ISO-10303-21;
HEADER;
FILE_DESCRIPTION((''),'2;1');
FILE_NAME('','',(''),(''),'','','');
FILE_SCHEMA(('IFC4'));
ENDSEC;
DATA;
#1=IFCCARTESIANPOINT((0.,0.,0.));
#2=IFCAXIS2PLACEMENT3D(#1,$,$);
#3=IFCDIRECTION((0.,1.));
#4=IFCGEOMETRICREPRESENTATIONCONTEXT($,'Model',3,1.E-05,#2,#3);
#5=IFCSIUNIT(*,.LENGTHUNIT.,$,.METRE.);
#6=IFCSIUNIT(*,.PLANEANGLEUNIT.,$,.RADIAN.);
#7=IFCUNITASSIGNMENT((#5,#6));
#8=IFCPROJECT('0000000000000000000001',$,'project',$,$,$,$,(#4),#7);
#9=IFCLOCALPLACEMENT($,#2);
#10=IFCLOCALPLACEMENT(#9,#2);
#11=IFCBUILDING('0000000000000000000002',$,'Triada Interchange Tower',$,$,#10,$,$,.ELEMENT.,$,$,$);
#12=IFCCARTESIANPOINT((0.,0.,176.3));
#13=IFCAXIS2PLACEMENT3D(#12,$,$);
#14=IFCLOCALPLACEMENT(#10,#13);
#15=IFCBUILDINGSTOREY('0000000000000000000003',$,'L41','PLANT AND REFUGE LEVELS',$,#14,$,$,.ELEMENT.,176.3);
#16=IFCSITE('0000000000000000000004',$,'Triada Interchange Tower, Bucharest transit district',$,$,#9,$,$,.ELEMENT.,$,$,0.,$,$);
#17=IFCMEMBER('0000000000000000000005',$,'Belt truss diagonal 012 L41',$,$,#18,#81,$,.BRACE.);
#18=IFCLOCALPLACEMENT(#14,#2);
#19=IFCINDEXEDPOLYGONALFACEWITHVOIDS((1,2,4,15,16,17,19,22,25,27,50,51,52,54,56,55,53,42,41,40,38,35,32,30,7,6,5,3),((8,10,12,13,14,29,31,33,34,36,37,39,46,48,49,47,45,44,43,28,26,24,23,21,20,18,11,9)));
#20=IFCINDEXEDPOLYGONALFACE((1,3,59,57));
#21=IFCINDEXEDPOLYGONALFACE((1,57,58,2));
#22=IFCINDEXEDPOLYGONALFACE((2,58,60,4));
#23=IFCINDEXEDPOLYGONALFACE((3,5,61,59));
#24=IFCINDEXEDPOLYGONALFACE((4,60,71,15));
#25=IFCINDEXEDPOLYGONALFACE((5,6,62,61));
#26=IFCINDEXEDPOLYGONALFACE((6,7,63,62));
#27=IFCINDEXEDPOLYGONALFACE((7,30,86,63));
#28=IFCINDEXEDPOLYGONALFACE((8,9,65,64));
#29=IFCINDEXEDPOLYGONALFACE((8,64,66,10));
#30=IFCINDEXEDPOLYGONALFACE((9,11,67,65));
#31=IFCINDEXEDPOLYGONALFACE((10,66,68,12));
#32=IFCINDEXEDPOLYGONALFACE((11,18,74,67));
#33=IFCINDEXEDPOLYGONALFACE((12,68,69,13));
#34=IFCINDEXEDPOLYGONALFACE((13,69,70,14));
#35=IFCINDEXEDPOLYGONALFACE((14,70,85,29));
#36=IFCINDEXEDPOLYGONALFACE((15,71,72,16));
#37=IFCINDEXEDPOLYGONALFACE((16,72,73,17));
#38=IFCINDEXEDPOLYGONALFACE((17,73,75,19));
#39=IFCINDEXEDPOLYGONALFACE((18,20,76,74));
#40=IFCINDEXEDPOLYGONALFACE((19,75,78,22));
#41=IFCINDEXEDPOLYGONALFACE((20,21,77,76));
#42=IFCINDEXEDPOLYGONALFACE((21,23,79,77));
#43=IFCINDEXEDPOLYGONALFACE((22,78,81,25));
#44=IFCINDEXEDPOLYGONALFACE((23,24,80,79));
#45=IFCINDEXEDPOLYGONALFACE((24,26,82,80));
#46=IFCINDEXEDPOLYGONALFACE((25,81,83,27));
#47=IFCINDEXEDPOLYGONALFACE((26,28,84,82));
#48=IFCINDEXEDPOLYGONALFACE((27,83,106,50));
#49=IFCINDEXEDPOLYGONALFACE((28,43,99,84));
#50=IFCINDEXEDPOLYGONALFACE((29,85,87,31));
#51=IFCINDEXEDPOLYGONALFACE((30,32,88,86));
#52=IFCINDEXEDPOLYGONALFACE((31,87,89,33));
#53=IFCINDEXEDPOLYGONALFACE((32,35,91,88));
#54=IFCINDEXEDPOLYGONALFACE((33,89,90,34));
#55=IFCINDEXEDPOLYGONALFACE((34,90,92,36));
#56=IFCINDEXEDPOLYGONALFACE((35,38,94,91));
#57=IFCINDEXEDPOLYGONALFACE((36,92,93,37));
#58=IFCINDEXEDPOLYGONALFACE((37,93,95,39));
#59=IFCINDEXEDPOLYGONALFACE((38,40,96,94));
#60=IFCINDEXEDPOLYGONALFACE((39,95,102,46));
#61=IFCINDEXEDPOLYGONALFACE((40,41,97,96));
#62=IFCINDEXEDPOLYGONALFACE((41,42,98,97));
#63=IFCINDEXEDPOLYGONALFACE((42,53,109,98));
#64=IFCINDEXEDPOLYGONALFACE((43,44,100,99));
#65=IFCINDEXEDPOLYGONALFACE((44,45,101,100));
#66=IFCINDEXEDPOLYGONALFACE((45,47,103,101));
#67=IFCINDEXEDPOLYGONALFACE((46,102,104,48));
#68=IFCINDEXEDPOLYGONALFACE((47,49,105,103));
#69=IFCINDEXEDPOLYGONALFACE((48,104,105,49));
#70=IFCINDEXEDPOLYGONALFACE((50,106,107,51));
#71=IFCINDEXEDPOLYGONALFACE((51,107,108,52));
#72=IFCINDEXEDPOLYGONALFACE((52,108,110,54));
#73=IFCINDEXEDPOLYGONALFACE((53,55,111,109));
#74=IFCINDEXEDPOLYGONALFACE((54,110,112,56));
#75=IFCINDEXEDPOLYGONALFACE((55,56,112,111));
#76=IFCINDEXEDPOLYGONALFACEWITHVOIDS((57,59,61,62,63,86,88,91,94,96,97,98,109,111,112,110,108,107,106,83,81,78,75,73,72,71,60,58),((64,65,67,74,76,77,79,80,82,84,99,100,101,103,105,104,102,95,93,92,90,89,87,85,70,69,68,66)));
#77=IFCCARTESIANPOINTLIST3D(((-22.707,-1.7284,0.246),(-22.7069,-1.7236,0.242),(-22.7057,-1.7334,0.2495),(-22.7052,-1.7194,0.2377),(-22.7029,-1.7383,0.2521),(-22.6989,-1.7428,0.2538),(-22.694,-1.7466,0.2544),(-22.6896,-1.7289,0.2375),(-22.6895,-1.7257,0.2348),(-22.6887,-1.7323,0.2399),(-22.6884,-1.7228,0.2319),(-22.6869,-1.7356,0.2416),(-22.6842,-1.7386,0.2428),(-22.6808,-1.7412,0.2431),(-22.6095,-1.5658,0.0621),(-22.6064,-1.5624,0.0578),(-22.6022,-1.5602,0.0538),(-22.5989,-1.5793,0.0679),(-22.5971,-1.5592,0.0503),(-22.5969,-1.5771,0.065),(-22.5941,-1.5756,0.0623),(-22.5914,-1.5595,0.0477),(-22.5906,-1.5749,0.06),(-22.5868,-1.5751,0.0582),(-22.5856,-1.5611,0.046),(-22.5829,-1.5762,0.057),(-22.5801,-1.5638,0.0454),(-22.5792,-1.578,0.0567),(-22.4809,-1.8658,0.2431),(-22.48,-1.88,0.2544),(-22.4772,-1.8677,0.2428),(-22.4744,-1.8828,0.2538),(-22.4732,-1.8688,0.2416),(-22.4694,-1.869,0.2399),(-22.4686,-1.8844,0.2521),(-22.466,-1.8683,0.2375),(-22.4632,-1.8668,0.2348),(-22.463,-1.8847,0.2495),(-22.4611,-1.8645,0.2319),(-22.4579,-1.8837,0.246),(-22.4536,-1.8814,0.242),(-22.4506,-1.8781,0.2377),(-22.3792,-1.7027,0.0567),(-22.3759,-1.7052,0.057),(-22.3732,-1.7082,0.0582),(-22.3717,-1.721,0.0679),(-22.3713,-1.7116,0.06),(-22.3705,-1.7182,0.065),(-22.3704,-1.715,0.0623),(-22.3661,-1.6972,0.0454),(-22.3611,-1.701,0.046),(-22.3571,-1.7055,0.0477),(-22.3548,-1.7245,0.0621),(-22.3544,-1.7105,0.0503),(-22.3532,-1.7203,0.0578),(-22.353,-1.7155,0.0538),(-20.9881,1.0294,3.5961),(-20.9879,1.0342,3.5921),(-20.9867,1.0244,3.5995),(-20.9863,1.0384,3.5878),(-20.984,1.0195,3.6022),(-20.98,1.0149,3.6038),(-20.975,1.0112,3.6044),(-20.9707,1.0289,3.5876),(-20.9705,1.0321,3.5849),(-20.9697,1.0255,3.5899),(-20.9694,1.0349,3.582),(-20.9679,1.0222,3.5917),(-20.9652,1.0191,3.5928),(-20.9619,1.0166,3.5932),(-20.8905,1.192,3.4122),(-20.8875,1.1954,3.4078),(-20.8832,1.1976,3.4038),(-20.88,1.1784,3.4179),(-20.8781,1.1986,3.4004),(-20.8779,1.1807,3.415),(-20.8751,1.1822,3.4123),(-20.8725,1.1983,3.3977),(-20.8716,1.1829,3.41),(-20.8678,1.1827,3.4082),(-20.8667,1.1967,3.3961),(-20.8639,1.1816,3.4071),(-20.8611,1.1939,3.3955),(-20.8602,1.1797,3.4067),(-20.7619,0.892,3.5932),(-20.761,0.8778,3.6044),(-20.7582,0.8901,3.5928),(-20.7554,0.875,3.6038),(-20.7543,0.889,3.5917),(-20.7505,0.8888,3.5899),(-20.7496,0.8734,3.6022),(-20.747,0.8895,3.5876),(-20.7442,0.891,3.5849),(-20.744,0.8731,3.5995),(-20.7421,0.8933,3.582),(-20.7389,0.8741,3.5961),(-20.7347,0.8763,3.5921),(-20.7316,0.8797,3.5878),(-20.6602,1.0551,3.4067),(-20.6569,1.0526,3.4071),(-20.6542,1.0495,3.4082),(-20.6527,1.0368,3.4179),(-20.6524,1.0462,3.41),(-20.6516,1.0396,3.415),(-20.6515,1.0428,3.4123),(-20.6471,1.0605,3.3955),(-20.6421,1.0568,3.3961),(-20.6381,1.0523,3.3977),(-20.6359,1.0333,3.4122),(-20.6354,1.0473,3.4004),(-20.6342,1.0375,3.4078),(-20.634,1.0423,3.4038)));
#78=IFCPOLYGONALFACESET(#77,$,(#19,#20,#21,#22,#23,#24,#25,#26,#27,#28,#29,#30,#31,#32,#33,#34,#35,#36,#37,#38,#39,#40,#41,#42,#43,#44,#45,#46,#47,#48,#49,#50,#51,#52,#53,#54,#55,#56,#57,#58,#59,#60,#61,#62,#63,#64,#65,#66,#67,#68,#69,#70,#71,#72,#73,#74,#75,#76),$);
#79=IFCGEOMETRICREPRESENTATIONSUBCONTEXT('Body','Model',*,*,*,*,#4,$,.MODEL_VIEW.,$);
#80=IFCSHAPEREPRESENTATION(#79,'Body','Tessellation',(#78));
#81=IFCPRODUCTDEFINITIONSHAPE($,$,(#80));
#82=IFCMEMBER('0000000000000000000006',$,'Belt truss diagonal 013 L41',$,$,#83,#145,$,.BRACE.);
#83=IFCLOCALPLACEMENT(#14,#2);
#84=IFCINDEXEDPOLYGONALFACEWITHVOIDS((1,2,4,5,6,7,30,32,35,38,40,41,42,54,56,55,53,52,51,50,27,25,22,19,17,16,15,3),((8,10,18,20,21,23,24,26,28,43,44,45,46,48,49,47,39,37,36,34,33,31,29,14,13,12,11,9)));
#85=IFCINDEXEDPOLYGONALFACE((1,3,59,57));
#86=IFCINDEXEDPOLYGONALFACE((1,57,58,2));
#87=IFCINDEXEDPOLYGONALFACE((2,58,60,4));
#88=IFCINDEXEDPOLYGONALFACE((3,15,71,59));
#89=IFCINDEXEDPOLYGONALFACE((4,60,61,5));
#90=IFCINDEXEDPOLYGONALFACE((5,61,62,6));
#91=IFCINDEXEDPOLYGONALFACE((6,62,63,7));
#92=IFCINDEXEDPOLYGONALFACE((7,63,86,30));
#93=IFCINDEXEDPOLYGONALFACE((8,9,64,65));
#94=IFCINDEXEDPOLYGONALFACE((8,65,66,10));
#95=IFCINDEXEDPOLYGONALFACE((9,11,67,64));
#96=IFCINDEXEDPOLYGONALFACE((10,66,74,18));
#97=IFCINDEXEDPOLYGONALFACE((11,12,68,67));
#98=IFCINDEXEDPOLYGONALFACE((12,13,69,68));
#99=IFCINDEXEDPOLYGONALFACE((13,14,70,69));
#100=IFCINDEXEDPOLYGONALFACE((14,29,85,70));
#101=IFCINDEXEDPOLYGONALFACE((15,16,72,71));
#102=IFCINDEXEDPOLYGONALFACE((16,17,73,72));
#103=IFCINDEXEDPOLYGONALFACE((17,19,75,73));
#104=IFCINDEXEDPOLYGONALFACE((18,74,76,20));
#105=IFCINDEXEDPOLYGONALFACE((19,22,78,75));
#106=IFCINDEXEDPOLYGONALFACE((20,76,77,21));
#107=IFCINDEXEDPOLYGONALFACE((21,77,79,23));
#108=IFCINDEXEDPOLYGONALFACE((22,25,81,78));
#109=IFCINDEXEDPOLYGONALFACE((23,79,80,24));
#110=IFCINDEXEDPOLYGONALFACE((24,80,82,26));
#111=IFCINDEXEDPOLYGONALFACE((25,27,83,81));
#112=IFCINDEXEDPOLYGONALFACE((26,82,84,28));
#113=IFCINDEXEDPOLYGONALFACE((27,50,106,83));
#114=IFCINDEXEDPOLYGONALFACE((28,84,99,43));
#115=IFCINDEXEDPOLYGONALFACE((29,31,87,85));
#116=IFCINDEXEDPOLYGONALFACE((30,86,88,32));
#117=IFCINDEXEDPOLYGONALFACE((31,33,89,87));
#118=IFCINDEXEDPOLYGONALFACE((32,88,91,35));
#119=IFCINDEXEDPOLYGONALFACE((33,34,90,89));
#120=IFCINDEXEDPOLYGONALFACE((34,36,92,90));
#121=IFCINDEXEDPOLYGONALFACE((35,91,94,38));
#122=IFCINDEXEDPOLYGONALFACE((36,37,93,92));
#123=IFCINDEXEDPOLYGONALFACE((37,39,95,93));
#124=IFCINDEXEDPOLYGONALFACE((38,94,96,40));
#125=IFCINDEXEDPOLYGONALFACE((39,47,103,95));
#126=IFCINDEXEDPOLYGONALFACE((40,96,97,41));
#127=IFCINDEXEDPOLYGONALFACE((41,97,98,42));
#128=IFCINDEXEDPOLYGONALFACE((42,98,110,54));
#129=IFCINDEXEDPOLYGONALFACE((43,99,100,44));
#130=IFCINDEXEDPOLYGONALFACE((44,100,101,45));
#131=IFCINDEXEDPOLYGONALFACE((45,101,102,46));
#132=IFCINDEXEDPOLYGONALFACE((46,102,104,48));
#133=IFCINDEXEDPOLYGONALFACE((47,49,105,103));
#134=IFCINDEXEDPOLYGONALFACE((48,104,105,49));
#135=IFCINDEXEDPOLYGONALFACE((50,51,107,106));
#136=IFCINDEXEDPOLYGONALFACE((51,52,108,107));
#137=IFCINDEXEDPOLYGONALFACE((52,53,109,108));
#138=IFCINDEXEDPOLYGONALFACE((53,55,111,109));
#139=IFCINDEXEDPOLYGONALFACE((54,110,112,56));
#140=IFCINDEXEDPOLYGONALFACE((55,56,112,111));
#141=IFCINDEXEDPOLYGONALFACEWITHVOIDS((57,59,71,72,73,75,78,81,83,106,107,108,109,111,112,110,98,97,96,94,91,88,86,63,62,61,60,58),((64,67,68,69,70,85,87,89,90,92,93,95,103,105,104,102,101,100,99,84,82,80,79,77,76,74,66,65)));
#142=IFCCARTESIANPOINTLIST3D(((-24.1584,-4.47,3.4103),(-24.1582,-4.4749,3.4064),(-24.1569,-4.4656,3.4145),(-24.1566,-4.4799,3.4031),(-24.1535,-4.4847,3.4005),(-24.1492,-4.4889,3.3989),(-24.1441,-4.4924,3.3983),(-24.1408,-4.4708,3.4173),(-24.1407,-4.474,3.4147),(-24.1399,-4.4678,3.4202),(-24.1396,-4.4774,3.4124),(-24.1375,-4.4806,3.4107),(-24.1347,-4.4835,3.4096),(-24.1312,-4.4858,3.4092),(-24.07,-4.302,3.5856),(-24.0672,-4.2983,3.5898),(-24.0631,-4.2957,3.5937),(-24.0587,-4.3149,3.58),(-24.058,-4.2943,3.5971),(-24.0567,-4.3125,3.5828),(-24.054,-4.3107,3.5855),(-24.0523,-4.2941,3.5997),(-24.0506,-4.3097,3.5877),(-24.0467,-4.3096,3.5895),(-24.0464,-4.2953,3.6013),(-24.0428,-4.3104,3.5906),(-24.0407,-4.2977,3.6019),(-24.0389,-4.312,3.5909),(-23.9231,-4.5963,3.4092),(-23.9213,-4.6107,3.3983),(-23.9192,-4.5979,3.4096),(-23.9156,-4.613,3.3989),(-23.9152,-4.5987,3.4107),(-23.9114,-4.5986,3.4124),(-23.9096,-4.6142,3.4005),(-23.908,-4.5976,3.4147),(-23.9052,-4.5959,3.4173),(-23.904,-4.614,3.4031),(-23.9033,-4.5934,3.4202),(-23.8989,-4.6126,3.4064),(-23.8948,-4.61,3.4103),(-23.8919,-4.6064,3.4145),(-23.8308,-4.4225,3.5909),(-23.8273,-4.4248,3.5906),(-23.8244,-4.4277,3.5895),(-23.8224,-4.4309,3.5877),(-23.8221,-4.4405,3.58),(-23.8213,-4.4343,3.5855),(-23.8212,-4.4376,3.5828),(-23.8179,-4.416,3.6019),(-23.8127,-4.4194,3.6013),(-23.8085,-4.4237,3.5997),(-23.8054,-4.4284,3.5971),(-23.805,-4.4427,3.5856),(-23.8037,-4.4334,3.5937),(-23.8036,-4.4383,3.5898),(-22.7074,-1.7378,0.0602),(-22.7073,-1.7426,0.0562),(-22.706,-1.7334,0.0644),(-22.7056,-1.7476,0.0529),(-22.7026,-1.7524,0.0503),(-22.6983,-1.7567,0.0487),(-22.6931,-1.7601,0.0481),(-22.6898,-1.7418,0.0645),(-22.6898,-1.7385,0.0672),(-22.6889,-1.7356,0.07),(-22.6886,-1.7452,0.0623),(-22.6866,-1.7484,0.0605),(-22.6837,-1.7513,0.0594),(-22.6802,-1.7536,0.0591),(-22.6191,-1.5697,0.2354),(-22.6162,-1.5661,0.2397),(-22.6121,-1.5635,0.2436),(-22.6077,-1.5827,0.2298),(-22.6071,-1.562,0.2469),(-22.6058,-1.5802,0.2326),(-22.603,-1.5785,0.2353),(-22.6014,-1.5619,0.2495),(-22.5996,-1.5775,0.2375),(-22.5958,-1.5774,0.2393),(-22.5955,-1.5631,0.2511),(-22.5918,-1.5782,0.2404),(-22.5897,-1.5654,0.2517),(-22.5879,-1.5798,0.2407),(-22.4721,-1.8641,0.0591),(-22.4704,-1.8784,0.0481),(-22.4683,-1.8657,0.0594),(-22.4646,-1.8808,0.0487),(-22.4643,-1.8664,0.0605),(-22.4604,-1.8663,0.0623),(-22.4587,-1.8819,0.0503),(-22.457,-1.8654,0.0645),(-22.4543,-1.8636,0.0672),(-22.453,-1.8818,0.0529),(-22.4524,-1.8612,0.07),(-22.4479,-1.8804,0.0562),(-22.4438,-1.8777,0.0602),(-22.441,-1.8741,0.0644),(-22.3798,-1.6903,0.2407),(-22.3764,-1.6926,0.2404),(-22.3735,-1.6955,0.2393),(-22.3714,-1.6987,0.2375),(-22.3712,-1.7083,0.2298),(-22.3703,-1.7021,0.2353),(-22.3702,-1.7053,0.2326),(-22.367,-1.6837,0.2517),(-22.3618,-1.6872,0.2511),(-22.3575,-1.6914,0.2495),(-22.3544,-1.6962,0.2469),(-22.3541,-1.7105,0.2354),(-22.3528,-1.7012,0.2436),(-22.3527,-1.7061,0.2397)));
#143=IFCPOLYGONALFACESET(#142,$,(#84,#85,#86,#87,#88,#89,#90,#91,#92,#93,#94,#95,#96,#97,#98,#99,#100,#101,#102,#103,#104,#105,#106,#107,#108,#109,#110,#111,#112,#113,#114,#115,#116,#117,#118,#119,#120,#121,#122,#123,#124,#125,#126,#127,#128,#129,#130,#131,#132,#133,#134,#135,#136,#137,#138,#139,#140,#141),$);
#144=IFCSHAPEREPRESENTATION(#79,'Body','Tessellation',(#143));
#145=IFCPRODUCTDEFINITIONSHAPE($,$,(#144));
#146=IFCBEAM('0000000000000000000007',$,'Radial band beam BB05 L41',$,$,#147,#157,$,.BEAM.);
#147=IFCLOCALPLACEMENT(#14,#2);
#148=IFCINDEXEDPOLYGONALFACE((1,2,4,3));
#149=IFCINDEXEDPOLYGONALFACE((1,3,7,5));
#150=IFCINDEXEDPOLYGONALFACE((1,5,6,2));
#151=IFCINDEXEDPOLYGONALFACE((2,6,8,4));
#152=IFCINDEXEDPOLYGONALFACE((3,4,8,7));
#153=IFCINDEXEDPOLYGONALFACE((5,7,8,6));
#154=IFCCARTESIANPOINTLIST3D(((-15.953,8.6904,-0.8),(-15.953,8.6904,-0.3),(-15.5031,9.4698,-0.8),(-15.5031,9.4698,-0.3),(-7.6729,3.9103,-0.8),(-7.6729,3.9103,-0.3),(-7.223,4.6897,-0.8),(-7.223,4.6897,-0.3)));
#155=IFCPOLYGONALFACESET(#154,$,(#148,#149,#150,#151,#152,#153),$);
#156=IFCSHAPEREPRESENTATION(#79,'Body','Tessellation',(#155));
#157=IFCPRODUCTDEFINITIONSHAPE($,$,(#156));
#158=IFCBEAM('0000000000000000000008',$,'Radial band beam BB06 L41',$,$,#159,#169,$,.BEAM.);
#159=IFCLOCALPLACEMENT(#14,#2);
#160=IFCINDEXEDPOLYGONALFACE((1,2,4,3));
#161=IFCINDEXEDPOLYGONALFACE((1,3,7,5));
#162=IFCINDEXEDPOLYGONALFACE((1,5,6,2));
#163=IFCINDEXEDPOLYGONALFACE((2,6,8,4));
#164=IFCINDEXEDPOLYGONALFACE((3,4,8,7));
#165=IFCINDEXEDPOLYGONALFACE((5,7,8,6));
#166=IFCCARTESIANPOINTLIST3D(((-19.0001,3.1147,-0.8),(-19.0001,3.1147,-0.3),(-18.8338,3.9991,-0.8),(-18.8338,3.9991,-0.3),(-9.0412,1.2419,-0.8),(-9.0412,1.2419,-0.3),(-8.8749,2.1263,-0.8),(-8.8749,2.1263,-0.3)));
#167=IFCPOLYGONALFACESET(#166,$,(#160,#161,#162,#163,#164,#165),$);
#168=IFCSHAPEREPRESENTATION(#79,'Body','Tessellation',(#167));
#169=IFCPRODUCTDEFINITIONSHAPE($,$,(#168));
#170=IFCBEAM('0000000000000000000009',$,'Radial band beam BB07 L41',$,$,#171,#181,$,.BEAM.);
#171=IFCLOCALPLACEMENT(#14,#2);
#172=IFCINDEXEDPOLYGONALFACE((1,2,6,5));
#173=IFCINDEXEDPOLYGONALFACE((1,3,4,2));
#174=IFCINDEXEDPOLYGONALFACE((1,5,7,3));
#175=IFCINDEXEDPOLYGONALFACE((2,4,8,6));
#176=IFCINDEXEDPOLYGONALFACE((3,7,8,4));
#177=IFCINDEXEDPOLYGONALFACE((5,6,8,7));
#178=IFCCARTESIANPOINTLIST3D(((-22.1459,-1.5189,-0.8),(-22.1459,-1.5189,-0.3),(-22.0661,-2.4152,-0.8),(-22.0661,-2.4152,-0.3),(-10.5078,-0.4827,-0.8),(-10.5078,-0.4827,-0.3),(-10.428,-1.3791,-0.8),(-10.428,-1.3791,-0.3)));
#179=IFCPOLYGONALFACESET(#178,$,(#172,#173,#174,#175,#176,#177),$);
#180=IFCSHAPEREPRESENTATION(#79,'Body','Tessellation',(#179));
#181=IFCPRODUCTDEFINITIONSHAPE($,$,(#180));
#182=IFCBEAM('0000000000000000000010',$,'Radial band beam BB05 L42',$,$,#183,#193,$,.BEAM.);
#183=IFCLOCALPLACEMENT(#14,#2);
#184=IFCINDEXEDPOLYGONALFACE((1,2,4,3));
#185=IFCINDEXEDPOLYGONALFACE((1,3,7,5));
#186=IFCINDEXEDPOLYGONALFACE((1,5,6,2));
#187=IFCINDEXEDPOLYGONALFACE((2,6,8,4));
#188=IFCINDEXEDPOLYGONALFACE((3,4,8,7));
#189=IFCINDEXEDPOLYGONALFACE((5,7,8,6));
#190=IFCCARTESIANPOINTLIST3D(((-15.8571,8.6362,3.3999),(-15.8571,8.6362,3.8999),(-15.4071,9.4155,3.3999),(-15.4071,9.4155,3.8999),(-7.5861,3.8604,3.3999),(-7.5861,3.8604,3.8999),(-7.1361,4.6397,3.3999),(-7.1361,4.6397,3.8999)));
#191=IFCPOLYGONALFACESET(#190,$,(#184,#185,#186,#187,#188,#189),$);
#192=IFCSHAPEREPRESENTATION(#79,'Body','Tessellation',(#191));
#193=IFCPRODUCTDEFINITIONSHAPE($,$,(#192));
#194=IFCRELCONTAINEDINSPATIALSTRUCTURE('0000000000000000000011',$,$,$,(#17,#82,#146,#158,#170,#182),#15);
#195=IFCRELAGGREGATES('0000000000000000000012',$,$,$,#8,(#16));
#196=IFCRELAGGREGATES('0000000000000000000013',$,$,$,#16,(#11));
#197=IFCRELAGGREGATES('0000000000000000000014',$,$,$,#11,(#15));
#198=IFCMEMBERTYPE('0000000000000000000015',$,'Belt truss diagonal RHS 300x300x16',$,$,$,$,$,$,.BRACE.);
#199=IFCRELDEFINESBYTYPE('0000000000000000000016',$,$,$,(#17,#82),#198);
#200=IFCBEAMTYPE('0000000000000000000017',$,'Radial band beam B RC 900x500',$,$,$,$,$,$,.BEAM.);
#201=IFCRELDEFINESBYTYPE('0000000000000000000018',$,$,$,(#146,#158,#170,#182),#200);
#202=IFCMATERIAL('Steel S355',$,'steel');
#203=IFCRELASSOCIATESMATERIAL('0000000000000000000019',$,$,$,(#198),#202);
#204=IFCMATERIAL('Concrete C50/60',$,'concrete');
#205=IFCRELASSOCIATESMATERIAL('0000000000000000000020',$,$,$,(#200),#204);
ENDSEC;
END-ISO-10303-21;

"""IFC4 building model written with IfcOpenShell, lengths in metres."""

from ifc_helpers import new_model, si_unit, direction, frame, origin, origin_2d, place, context, subcontext, project, spatial, rectangle, hollow_rectangle, extrude, material, material_profile, profile_set, type_object, element, save


model = new_model("IFC4")

# Units and contexts
model_context = context("Model", 3, precision=1e-05, world=origin(), true_north=direction((0.0, 1.0)))
body_context = subcontext(model_context, "Body", "Model", "MODEL_VIEW")
ifc_project = project(units=[si_unit("LENGTHUNIT", "METRE"), si_unit("PLANEANGLEUNIT", "RADIAN")], contexts=[model_context])

# Site, building, storey
site_placement = place(None, origin())
site = spatial("IfcSite", under=ifc_project, at=site_placement, Name="Triada Interchange Tower, Bucharest transit district", CompositionType="ELEMENT", RefElevation=0.0)
building_placement = place(site_placement, origin())
building = spatial("IfcBuilding", under=site, at=building_placement, Name="Triada Interchange Tower", CompositionType="ELEMENT")
storey_placement = place(building_placement, frame((0.0, 0.0, 176.3)))
storey = spatial("IfcBuildingStorey", under=building, at=storey_placement, Name="L41", Description="PLANT AND REFUGE LEVELS", CompositionType="ELEMENT", Elevation=176.3)

# Members
ifc_material_1 = material(Name="Steel S355", Category="steel")
ifc_material_profile_1 = material_profile(ifc_material_1, hollow_rectangle(XDim=0.3, YDim=0.3, WallThickness=0.0161, InnerFilletRadius=0.0161, OuterFilletRadius=0.0239, at=origin_2d()), Name="RHS 300x300x16")
ifc_profile_set_1 = profile_set([ifc_material_profile_1], Name="Steel S355")
member_type = type_object("IfcMemberType", Name="Belt truss diagonal RHS 300x300x16", PredefinedType="BRACE", material=ifc_profile_set_1)
member_1_placement = place(storey_placement, frame((-22.53, -1.7219, 0.1499), z_axis=(0.368306, 0.590881, 0.717782), x_axis=(-0.848639, 0.528972, 0.0)))
element("IfcMember", 1, at=member_1_placement, inside=storey, type_object=member_type, Name="Belt truss diagonal 012 L41", PredefinedType="BRACE", context=body_context, shape_type="SweptSolid", body=[
    extrude(hollow_rectangle(XDim=0.3, YDim=0.3, WallThickness=0.0161, InnerFilletRadius=0.0161, OuterFilletRadius=0.0239, at=origin_2d()), origin(), (0.0, 0.0, 1.0), 4.6672),
])
member_2_placement = place(storey_placement, frame((-22.53, -1.7219, 0.1499), z_axis=(-0.318189, -0.599168, 0.734679), x_axis=(0.883188, -0.469019, 0.0)))
element("IfcMember", 2, at=member_2_placement, inside=storey, type_object=member_type, Name="Belt truss diagonal 013 L41", PredefinedType="BRACE", context=body_context, shape_type="SweptSolid", body=[
    extrude(hollow_rectangle(XDim=0.3, YDim=0.3, WallThickness=0.0161, InnerFilletRadius=0.0161, OuterFilletRadius=0.0239, at=origin_2d()), origin(), (0.0, 0.0, 1.0), 4.5601),
])

# Beams
ifc_material_2 = material(Name="Concrete C50/60", Category="concrete")
ifc_material_profile_2 = material_profile(ifc_material_2, rectangle(XDim=0.8999, YDim=0.5, at=origin_2d()), Name="RC 900x500")
ifc_profile_set_2 = profile_set([ifc_material_profile_2], Name="Concrete C50/60")
beam_type_1 = type_object("IfcBeamType", Name="Radial band beam B RC 900x500", PredefinedType="BEAM", material=ifc_profile_set_2)
beam_1_placement = place(storey_placement, frame((-15.728, 9.0801, -0.55), z_axis=(0.866046, -0.499965, 0.0), x_axis=(0.499965, 0.866046, 0.0)))
element("IfcBeam", 3, at=beam_1_placement, inside=storey, type_object=beam_type_1, Name="Radial band beam BB05 L41", PredefinedType="BEAM", context=body_context, shape_type="SweptSolid", body=[
    extrude(rectangle(XDim=0.8999, YDim=0.5, at=origin_2d()), origin(), (0.0, 0.0, 1.0), 9.5608),
])
beam_2_placement = place(storey_placement, frame((-18.917, 3.5569, -0.55), z_axis=(0.982774, -0.184812, 0.0), x_axis=(0.184812, 0.982774, 0.0)))
element("IfcBeam", 4, at=beam_2_placement, inside=storey, type_object=beam_type_1, Name="Radial band beam BB06 L41", PredefinedType="BEAM", context=body_context, shape_type="SweptSolid", body=[
    extrude(rectangle(XDim=0.8999, YDim=0.5, at=origin_2d()), origin(), (0.0, 0.0, 1.0), 10.1335),
])
beam_3_placement = place(storey_placement, frame((-22.106, -1.967, -0.55), z_axis=(0.99606, 0.08868, 0.0), x_axis=(-0.08868, 0.99606, 0.0)))
element("IfcBeam", 5, at=beam_3_placement, inside=storey, type_object=beam_type_1, Name="Radial band beam BB07 L41", PredefinedType="BEAM", context=body_context, shape_type="SweptSolid", body=[
    extrude(rectangle(XDim=0.8999, YDim=0.5, at=origin_2d()), origin(), (0.0, 0.0, 1.0), 11.6841),
])
beam_4_placement = place(storey_placement, frame((-15.6321, 9.0259, 3.6499), z_axis=(0.865997, -0.500048, 0.0), x_axis=(0.500048, 0.865997, 0.0)))
element("IfcBeam", 6, at=beam_4_placement, inside=storey, type_object=beam_type_1, Name="Radial band beam BB05 L42", PredefinedType="BEAM", context=body_context, shape_type="SweptSolid", body=[
    extrude(rectangle(XDim=0.8999, YDim=0.5, at=origin_2d()), origin(), (0.0, 0.0, 1.0), 9.5508),
])

save(model, "model.ifc")
